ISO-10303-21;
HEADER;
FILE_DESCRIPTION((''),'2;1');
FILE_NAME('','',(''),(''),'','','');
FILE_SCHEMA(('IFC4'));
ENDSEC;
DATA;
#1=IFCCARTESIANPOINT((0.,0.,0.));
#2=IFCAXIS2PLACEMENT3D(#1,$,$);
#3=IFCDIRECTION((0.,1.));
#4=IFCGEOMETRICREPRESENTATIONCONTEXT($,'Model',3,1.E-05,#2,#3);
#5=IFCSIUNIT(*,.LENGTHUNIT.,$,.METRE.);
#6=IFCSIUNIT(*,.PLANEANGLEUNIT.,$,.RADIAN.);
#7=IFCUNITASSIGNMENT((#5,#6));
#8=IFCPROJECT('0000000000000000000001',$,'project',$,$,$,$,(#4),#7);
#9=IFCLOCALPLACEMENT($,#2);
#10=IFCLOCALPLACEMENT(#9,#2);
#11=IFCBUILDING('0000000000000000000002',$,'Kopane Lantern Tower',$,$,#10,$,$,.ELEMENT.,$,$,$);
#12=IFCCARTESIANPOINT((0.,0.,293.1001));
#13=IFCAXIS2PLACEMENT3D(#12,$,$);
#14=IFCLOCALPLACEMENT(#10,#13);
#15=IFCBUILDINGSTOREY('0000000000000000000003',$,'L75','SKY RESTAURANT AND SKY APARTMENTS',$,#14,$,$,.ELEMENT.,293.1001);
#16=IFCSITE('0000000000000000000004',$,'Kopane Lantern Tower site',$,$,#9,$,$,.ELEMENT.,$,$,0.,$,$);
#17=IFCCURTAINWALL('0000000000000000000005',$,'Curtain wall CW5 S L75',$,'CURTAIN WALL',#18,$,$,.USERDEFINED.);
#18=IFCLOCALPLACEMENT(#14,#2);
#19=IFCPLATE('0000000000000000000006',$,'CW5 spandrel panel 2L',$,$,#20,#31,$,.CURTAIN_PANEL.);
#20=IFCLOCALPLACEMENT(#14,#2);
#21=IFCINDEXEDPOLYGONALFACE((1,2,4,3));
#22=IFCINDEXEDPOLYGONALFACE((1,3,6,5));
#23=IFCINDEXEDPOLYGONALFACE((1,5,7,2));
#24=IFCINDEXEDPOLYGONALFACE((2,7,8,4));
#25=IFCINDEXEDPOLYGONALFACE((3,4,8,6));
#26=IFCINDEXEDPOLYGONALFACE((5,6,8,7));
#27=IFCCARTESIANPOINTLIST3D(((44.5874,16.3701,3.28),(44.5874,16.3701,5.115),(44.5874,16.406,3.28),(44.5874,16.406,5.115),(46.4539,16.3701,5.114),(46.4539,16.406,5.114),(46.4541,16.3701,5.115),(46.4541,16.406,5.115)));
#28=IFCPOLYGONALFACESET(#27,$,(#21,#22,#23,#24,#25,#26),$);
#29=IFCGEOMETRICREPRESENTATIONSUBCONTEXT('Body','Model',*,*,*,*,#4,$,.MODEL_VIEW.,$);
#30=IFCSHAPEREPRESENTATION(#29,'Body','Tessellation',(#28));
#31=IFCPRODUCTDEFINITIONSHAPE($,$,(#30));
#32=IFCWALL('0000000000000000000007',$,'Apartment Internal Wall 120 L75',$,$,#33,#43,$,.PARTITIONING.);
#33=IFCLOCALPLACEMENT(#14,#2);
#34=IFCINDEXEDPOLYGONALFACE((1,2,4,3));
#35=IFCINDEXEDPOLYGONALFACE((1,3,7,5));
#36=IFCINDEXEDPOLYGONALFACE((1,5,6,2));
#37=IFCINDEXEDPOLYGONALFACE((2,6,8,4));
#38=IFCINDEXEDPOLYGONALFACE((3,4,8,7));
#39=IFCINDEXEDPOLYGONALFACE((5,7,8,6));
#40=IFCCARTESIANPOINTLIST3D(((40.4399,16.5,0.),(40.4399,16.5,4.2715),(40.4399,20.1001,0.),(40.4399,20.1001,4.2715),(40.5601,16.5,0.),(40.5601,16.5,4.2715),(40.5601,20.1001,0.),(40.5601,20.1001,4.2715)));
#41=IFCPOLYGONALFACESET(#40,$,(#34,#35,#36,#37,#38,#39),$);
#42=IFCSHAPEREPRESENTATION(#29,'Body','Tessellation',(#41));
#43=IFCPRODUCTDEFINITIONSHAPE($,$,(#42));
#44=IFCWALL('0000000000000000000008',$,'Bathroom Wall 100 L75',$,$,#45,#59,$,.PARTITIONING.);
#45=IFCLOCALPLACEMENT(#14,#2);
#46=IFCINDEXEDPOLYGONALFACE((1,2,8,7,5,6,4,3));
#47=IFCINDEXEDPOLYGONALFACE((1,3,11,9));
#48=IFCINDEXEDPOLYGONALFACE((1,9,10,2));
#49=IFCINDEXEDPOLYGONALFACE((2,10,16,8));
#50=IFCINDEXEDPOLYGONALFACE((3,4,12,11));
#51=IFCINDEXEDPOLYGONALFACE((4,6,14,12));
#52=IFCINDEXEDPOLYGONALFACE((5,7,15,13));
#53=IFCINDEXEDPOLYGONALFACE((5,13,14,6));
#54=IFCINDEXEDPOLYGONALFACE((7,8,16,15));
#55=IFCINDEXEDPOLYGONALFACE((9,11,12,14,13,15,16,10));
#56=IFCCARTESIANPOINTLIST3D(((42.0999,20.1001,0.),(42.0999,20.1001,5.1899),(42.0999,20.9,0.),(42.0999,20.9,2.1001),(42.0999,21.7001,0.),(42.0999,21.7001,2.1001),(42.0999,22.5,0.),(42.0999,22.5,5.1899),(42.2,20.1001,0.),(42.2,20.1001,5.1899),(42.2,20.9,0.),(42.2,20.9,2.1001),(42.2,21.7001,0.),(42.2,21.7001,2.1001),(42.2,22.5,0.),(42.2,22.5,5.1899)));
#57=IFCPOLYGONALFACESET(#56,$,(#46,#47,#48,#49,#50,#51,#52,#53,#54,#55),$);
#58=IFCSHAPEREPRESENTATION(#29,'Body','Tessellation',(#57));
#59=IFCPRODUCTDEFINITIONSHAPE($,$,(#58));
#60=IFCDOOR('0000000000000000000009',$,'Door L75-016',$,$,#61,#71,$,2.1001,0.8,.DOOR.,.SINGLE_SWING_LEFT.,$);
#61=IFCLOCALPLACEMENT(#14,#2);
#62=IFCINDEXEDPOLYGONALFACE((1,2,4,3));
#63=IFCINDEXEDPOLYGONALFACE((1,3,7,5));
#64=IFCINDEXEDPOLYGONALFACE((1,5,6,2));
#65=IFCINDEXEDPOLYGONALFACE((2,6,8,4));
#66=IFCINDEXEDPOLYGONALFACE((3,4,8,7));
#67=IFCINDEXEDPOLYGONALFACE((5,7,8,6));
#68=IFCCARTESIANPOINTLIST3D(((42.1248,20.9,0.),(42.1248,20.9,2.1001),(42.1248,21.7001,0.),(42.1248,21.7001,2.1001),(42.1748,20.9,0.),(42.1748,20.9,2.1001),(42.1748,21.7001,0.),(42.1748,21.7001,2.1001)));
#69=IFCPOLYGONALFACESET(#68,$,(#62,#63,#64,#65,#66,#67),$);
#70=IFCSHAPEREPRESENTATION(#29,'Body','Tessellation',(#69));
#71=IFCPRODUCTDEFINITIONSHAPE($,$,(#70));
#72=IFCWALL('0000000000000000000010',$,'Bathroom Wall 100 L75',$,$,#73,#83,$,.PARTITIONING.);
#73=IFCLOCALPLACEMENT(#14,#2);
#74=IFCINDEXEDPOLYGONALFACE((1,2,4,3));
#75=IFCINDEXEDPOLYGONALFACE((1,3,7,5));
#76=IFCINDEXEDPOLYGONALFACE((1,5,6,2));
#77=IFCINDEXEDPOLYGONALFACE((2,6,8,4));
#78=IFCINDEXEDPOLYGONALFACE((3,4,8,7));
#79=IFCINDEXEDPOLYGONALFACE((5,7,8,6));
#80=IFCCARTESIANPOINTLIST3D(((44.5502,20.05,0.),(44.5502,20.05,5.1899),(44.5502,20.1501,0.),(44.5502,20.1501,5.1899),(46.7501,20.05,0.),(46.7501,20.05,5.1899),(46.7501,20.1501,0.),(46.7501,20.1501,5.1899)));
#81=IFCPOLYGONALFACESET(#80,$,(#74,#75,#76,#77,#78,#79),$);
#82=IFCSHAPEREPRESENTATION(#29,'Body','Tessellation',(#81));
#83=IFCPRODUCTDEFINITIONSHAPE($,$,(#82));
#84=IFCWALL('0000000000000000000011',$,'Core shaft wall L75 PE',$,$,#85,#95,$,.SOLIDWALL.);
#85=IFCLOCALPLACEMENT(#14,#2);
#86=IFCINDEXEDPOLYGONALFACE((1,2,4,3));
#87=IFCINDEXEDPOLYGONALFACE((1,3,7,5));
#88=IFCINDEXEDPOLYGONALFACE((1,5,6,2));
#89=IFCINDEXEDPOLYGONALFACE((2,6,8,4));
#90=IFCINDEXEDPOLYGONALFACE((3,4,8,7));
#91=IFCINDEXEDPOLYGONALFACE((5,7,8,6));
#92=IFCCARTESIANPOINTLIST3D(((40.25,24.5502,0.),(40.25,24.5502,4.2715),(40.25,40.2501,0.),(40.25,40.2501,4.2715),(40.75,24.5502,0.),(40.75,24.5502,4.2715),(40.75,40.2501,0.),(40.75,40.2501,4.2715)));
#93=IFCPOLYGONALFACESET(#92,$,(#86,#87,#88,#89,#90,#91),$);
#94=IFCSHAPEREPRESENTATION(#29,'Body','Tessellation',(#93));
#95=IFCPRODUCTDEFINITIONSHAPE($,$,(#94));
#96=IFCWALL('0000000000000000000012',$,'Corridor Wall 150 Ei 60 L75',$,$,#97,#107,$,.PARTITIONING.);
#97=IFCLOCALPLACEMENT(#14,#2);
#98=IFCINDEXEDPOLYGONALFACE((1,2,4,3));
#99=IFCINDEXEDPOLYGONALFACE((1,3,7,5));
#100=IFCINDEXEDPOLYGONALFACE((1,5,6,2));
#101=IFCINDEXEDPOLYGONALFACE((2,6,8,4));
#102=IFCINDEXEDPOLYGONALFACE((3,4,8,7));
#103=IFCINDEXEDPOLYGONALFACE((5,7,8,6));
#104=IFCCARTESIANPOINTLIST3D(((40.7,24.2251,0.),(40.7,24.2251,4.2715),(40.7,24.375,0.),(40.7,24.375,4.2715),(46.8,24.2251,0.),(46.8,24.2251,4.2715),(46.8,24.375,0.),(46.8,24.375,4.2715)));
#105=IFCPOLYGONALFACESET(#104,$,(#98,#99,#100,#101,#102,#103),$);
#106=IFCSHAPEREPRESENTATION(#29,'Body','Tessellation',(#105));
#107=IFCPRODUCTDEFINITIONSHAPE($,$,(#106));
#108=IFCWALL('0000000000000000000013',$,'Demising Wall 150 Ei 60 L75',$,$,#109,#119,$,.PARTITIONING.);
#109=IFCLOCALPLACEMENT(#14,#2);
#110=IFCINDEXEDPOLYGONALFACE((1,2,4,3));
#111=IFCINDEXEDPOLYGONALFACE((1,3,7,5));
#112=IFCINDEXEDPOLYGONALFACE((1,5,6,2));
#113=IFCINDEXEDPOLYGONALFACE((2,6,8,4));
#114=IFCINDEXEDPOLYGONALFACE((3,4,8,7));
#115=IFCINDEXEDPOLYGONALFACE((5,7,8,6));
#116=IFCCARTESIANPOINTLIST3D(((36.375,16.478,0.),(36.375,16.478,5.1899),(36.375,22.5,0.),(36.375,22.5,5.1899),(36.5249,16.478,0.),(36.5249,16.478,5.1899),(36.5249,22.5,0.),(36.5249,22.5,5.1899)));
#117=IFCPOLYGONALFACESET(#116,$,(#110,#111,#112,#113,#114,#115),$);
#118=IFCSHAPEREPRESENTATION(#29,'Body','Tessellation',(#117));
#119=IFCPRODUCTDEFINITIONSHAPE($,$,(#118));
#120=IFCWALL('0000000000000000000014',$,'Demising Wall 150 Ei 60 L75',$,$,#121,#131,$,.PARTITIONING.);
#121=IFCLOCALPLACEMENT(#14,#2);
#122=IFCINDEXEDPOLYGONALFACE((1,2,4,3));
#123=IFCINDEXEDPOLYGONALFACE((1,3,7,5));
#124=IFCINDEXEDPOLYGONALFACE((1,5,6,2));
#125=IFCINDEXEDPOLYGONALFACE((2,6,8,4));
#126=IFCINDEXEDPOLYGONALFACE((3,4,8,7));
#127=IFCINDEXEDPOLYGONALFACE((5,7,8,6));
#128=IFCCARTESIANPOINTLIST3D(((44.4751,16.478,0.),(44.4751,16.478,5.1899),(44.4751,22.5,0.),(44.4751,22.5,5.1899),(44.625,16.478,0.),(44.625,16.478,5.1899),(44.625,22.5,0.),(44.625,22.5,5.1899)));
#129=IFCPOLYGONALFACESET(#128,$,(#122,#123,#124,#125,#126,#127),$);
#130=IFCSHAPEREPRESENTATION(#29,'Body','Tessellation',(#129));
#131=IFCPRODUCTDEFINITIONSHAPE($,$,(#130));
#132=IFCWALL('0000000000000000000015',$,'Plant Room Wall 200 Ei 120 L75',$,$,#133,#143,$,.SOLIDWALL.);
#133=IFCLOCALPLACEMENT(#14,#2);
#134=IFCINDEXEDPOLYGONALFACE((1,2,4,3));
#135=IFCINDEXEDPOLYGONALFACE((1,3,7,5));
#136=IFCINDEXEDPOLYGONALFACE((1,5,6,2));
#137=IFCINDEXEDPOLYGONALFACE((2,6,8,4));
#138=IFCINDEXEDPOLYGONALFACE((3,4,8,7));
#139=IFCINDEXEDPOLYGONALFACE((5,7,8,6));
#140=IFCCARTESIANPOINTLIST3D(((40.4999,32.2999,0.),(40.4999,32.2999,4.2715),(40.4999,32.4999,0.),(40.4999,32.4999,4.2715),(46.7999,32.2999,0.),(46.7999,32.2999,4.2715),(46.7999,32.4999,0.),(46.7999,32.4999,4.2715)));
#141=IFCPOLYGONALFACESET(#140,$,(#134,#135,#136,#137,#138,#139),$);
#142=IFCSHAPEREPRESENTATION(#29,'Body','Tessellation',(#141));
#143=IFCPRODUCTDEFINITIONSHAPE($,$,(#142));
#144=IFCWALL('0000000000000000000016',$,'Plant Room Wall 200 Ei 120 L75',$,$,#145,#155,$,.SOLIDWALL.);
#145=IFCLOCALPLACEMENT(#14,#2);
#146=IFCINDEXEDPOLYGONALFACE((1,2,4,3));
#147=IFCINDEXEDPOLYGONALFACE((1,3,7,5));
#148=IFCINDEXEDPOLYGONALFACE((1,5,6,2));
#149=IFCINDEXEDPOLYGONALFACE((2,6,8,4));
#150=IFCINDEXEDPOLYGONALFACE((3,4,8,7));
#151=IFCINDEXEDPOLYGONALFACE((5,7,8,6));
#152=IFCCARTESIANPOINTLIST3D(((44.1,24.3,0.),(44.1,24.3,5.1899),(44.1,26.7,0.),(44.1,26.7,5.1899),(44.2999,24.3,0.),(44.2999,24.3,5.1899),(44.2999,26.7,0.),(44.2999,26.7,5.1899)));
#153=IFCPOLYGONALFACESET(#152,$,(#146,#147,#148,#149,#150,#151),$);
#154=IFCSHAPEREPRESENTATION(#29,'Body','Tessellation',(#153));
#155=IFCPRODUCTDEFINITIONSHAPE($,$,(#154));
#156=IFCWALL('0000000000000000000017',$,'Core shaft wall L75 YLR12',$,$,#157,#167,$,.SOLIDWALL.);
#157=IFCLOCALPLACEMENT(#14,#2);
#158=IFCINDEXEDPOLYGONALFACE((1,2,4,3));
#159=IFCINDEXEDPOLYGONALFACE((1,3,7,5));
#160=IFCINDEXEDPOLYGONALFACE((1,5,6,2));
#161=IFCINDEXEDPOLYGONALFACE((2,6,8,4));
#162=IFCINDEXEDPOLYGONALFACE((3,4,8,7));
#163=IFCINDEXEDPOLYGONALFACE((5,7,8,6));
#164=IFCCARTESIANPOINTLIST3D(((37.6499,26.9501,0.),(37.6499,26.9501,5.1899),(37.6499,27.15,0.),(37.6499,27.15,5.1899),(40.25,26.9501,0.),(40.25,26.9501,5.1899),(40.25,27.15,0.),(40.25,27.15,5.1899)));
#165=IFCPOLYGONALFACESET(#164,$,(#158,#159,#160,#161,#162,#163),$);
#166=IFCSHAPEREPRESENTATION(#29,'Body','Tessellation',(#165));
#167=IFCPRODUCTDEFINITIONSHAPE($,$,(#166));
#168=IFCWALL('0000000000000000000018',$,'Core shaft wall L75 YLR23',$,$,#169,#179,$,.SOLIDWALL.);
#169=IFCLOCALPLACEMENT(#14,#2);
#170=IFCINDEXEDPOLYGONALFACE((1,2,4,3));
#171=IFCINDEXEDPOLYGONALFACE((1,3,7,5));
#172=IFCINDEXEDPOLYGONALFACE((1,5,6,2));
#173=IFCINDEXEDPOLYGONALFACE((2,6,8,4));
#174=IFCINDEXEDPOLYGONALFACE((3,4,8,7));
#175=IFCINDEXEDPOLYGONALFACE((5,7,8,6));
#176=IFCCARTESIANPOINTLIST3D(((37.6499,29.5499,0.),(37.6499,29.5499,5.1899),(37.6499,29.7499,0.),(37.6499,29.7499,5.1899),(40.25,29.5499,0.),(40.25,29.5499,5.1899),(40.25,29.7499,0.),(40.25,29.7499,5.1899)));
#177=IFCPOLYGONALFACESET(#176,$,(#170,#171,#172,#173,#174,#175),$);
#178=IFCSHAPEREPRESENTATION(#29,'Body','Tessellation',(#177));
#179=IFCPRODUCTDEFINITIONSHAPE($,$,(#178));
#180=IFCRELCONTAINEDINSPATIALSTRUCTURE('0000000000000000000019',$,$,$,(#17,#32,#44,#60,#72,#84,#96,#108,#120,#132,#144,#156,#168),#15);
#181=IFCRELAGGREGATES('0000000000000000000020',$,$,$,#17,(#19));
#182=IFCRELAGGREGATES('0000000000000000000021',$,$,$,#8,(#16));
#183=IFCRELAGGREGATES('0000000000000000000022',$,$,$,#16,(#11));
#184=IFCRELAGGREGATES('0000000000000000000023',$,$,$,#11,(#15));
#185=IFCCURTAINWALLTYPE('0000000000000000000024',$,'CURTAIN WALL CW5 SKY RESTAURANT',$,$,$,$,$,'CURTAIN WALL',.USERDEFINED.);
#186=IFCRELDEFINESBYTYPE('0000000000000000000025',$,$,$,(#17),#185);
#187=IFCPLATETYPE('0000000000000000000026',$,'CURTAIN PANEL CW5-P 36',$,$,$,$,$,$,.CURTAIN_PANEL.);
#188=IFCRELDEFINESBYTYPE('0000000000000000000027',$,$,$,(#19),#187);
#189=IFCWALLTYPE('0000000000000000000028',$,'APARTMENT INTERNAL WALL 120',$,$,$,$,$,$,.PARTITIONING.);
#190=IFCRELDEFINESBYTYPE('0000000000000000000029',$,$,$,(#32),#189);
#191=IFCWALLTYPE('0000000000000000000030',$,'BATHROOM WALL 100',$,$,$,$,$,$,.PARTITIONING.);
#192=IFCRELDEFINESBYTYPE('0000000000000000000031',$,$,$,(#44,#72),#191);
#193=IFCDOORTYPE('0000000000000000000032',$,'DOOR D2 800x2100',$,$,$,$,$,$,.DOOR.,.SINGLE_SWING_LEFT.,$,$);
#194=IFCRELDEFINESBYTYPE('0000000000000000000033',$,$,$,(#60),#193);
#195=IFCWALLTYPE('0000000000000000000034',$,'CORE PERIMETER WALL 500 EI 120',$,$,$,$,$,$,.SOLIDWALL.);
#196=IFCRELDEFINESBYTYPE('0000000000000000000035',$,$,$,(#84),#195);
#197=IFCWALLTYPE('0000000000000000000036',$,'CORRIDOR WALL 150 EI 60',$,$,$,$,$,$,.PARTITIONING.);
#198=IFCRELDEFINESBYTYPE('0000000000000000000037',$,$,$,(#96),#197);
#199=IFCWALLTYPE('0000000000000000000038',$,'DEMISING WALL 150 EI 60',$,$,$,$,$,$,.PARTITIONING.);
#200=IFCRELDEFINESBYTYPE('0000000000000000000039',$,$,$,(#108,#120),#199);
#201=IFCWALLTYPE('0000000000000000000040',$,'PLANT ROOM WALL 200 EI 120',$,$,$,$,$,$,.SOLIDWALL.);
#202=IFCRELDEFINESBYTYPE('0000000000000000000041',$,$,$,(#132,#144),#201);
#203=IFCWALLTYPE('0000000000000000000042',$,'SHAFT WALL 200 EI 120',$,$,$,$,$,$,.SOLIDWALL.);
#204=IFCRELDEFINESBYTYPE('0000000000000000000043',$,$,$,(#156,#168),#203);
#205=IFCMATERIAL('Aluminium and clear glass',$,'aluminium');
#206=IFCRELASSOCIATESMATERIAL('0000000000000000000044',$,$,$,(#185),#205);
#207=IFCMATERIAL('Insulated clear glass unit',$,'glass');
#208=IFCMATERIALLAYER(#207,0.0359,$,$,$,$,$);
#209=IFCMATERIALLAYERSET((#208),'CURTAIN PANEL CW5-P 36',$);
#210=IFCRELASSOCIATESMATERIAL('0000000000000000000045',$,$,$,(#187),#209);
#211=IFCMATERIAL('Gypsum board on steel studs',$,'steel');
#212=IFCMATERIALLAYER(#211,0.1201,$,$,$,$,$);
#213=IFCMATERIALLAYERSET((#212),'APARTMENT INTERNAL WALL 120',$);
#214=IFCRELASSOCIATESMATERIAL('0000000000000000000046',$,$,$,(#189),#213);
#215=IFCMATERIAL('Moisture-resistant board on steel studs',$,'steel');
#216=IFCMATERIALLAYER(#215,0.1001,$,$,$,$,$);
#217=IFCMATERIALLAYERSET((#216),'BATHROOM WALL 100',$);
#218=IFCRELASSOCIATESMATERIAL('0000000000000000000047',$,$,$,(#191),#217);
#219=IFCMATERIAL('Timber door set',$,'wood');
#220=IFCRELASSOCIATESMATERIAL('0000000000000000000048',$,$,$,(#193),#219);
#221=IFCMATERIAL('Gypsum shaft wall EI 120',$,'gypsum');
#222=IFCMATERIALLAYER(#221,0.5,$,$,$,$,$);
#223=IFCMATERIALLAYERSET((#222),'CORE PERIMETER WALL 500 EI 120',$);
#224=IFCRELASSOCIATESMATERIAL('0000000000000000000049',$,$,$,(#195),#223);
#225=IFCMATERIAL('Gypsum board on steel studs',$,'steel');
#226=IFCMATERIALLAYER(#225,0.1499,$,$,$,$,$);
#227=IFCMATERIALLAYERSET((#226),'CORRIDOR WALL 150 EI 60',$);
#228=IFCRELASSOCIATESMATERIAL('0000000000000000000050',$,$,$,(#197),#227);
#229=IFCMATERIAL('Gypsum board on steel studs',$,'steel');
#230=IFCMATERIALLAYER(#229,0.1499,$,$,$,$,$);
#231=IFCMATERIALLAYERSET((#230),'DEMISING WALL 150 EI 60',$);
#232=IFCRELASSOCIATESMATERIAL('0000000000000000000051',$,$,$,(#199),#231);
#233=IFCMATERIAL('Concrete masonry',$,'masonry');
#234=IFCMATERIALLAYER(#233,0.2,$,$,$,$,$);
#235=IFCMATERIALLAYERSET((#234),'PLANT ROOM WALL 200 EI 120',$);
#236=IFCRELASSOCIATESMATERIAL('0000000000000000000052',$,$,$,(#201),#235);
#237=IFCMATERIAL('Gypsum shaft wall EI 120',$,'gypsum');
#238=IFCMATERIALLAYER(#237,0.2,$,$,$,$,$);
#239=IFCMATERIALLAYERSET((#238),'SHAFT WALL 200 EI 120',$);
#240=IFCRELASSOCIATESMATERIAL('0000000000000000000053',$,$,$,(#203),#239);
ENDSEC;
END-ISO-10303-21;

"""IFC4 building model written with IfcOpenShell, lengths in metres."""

from ifc_helpers import new_model, si_unit, direction, frame, frame_2d, origin, place, context, subcontext, project, spatial, polyline, rectangle, outline, extrude, material, layer, layer_set, type_object, element, fill, aggregate, save


model = new_model("IFC4")

# Units and contexts
model_context = context("Model", 3, precision=1e-05, world=origin(), true_north=direction((0.0, 1.0)))
body_context = subcontext(model_context, "Body", "Model", "MODEL_VIEW")
ifc_project = project(units=[si_unit("LENGTHUNIT", "METRE"), si_unit("PLANEANGLEUNIT", "RADIAN")], contexts=[model_context])

# Site, building, storey
site_placement = place(None, origin())
site = spatial("IfcSite", under=ifc_project, at=site_placement, Name="Kopane Lantern Tower site", CompositionType="ELEMENT", RefElevation=0.0)
building_placement = place(site_placement, origin())
building = spatial("IfcBuilding", under=site, at=building_placement, Name="Kopane Lantern Tower", CompositionType="ELEMENT")
storey_placement = place(building_placement, frame((0.0, 0.0, 293.1001)))
storey = spatial("IfcBuildingStorey", under=building, at=storey_placement, Name="L75", Description="SKY RESTAURANT AND SKY APARTMENTS", CompositionType="ELEMENT", Elevation=293.1001)

# Curtain wall, plate
ifc_material_1 = material(Name="Aluminium and clear glass", Category="aluminium")
curtain_wall_type = type_object("IfcCurtainWallType", Name="CURTAIN WALL CW5 SKY RESTAURANT", ElementType="CURTAIN WALL", PredefinedType="USERDEFINED", material=ifc_material_1)
curtain_wall_placement = place(storey_placement, origin())
curtain_wall = element("IfcCurtainWall", 1, at=curtain_wall_placement, inside=storey, type_object=curtain_wall_type, Name="Curtain wall CW5 S L75", ObjectType="CURTAIN WALL", PredefinedType="USERDEFINED")
ifc_material_2 = material(Name="Insulated clear glass unit", Category="glass")
ifc_layer_1 = layer(ifc_material_2, 0.0359)
ifc_layer_set_1 = layer_set([ifc_layer_1], Name="CURTAIN PANEL CW5-P 36")
plate_type = type_object("IfcPlateType", Name="CURTAIN PANEL CW5-P 36", PredefinedType="CURTAIN_PANEL", material=ifc_layer_set_1)
plate_placement = place(storey_placement, frame((44.5874, 16.3879, 5.115), z_axis=(0.0, 0.0, 1.0), x_axis=(1.0, 0.0, 0.0)))
plate = element("IfcPlate", 2, at=plate_placement, type_object=plate_type, Name="CW5 spandrel panel 2L", PredefinedType="CURTAIN_PANEL", context=body_context, shape_type="SweptSolid", body=[
    extrude(outline(polyline([(0.0, 0.0), (1.8667, 0.0), (1.8665, -0.001), (0.0, -1.835), (0.0, 0.0)])), frame((0.0, 0.0181, 0.0), z_axis=(0.0, -1.0, 0.0), x_axis=(1.0, 0.0, 0.0)), (0.0, 0.0, 1.0), 0.0359),
])
aggregate(curtain_wall, [plate])

# Wall
ifc_material_3 = material(Name="Gypsum board on steel studs", Category="steel")
ifc_layer_2 = layer(ifc_material_3, 0.1201)
ifc_layer_set_2 = layer_set([ifc_layer_2], Name="APARTMENT INTERNAL WALL 120")
wall_type_1 = type_object("IfcWallType", Name="APARTMENT INTERNAL WALL 120", PredefinedType="PARTITIONING", material=ifc_layer_set_2)
wall_1_placement = place(storey_placement, frame((40.5, 20.1001, 0.0), z_axis=(0.0, 0.0, 1.0), x_axis=(0.0, -1.0, 0.0)))
element("IfcWall", 3, at=wall_1_placement, inside=storey, type_object=wall_type_1, Name="Apartment Internal Wall 120 L75", PredefinedType="PARTITIONING", context=body_context, shape_type="SweptSolid", body=[
    extrude(rectangle(XDim=3.6001, YDim=0.1201, at=frame_2d((1.8, 0.0))), origin(), (0.0, 0.0, 1.0), 4.2715),
])

# Wall, opening, door
ifc_material_4 = material(Name="Moisture-resistant board on steel studs", Category="steel")
ifc_layer_3 = layer(ifc_material_4, 0.1001)
ifc_layer_set_3 = layer_set([ifc_layer_3], Name="BATHROOM WALL 100")
wall_type_2 = type_object("IfcWallType", Name="BATHROOM WALL 100", PredefinedType="PARTITIONING", material=ifc_layer_set_3)
wall_2_placement = place(storey_placement, frame((42.1499, 22.5, 0.0), z_axis=(0.0, 0.0, 1.0), x_axis=(0.0, -1.0, 0.0)))
wall_2 = element("IfcWall", 4, at=wall_2_placement, inside=storey, type_object=wall_type_2, Name="Bathroom Wall 100 L75", PredefinedType="PARTITIONING", context=body_context, shape_type="SweptSolid", body=[
    extrude(rectangle(XDim=2.3999, YDim=0.1001, at=frame_2d((1.2, 0.0))), origin(), (0.0, 0.0, 1.0), 5.1899),
])
opening_1_placement = place(wall_2_placement, frame((0.8, 0.0, 0.0)))
opening_1 = element("IfcOpeningElement", 5, at=opening_1_placement, cuts=wall_2, PredefinedType="OPENING", context=body_context, shape_type="SweptSolid", body=[
    extrude(rectangle(XDim=0.8, YDim=2.1001, at=frame_2d((0.3999, 1.05))), frame((0.0, 0.0601, 0.0), z_axis=(0.0, -1.0, 0.0), x_axis=(1.0, 0.0, 0.0)), (0.0, 0.0, 1.0), 0.1201),
])
ifc_material_5 = material(Name="Timber door set", Category="wood")
door_type_1 = type_object("IfcDoorType", Name="DOOR D2 800x2100", OperationType="SINGLE_SWING_LEFT", PredefinedType="DOOR", material=ifc_material_5)
door_1_placement = place(opening_1_placement, origin())
door_1 = element("IfcDoor", 6, at=door_1_placement, inside=storey, type_object=door_type_1, Name="Door L75-016", OperationType="SINGLE_SWING_LEFT", OverallHeight=2.1001, OverallWidth=0.8, PredefinedType="DOOR", context=body_context, shape_type="SweptSolid", body=[
    extrude(rectangle(XDim=0.8, YDim=2.1001, at=frame_2d((0.3999, 1.05))), frame((0.0, 0.0249, 0.0), z_axis=(0.0, -1.0, 0.0), x_axis=(1.0, 0.0, 0.0)), (0.0, 0.0, 1.0), 0.05),
])
fill(opening_1, door_1)

# Walls
wall_3_placement = place(storey_placement, frame((44.55, 20.1001, 0.0), z_axis=(0.0, 0.0, 1.0), x_axis=(1.0, 0.0, 0.0)))
element("IfcWall", 7, at=wall_3_placement, inside=storey, type_object=wall_type_2, Name="Bathroom Wall 100 L75", PredefinedType="PARTITIONING", context=body_context, shape_type="SweptSolid", body=[
    extrude(rectangle(XDim=2.2, YDim=0.1001, at=frame_2d((1.1001, 0.0))), origin(), (0.0, 0.0, 1.0), 5.1899),
])
ifc_material_6 = material(Name="Gypsum shaft wall EI 120", Category="gypsum")
ifc_layer_4 = layer(ifc_material_6, 0.5)
ifc_layer_set_4 = layer_set([ifc_layer_4], Name="CORE PERIMETER WALL 500 EI 120")
wall_type_3 = type_object("IfcWallType", Name="CORE PERIMETER WALL 500 EI 120", PredefinedType="SOLIDWALL", material=ifc_layer_set_4)
wall_4_placement = place(storey_placement, frame((40.5, 24.55, 0.0), z_axis=(0.0, 0.0, 1.0), x_axis=(0.0, 1.0, 0.0)))
element("IfcWall", 8, at=wall_4_placement, inside=storey, type_object=wall_type_3, Name="Core shaft wall L75 PE", PredefinedType="SOLIDWALL", context=body_context, shape_type="SweptSolid", body=[
    extrude(rectangle(XDim=15.7, YDim=0.5, at=frame_2d((7.8501, 0.0))), origin(), (0.0, 0.0, 1.0), 4.2715),
])

# Walls
ifc_material_7 = material(Name="Gypsum board on steel studs", Category="steel")
ifc_layer_5 = layer(ifc_material_7, 0.1499)
ifc_layer_set_5 = layer_set([ifc_layer_5], Name="CORRIDOR WALL 150 EI 60")
wall_type_4 = type_object("IfcWallType", Name="CORRIDOR WALL 150 EI 60", PredefinedType="PARTITIONING", material=ifc_layer_set_5)
wall_5_placement = place(storey_placement, frame((40.7, 24.3, 0.0), z_axis=(0.0, 0.0, 1.0), x_axis=(1.0, 0.0, 0.0)))
element("IfcWall", 9, at=wall_5_placement, inside=storey, type_object=wall_type_4, Name="Corridor Wall 150 Ei 60 L75", PredefinedType="PARTITIONING", context=body_context, shape_type="SweptSolid", body=[
    extrude(rectangle(XDim=6.1001, YDim=0.1499, at=frame_2d((3.05, 0.0))), origin(), (0.0, 0.0, 1.0), 4.2715),
])
ifc_material_8 = material(Name="Gypsum board on steel studs", Category="steel")
ifc_layer_6 = layer(ifc_material_8, 0.1499)
ifc_layer_set_6 = layer_set([ifc_layer_6], Name="DEMISING WALL 150 EI 60")
wall_type_5 = type_object("IfcWallType", Name="DEMISING WALL 150 EI 60", PredefinedType="PARTITIONING", material=ifc_layer_set_6)
for number, where, z_axis, x_axis, name in (
    (10, (36.45, 22.5, 0.0), (0.0, 0.0, 1.0), (0.0, -1.0, 0.0), "Demising Wall 150 Ei 60 L75"),
    (11, (44.55, 22.5, 0.0), (0.0, 0.0, 1.0), (0.0, -1.0, 0.0), "Demising Wall 150 Ei 60 L75"),
):
    element("IfcWall", number, at=place(storey_placement, frame(where, z_axis=z_axis, x_axis=x_axis)), inside=storey, type_object=wall_type_5, Name=name, PredefinedType="PARTITIONING", context=body_context, shape_type="SweptSolid", body=[
        extrude(rectangle(XDim=6.022, YDim=0.1499, at=frame_2d((3.011, 0.0))), origin(), (0.0, 0.0, 1.0), 5.1899),
    ])
ifc_material_9 = material(Name="Concrete masonry", Category="masonry")
ifc_layer_7 = layer(ifc_material_9, 0.2)
ifc_layer_set_7 = layer_set([ifc_layer_7], Name="PLANT ROOM WALL 200 EI 120")
wall_type_6 = type_object("IfcWallType", Name="PLANT ROOM WALL 200 EI 120", PredefinedType="SOLIDWALL", material=ifc_layer_set_7)
wall_6_placement = place(storey_placement, frame((40.5, 32.3999, 0.0), z_axis=(0.0, 0.0, 1.0), x_axis=(1.0, 0.0, 0.0)))
element("IfcWall", 12, at=wall_6_placement, inside=storey, type_object=wall_type_6, Name="Plant Room Wall 200 Ei 120 L75", PredefinedType="SOLIDWALL", context=body_context, shape_type="SweptSolid", body=[
    extrude(rectangle(XDim=6.3, YDim=0.2, at=frame_2d((3.1499, 0.0))), origin(), (0.0, 0.0, 1.0), 4.2715),
])
wall_7_placement = place(storey_placement, frame((44.2, 24.3, 0.0), z_axis=(0.0, 0.0, 1.0), x_axis=(0.0, 1.0, 0.0)))
element("IfcWall", 13, at=wall_7_placement, inside=storey, type_object=wall_type_6, Name="Plant Room Wall 200 Ei 120 L75", PredefinedType="SOLIDWALL", context=body_context, shape_type="SweptSolid", body=[
    extrude(rectangle(XDim=2.3999, YDim=0.2, at=frame_2d((1.2, 0.0))), origin(), (0.0, 0.0, 1.0), 5.1899),
])
ifc_material_10 = material(Name="Gypsum shaft wall EI 120", Category="gypsum")
ifc_layer_8 = layer(ifc_material_10, 0.2)
ifc_layer_set_8 = layer_set([ifc_layer_8], Name="SHAFT WALL 200 EI 120")
wall_type_7 = type_object("IfcWallType", Name="SHAFT WALL 200 EI 120", PredefinedType="SOLIDWALL", material=ifc_layer_set_8)
for number, where, z_axis, x_axis, name in (
    (14, (37.6499, 27.05, 0.0), (0.0, 0.0, 1.0), (1.0, 0.0, 0.0), "Core shaft wall L75 YLR12"),
    (15, (37.6499, 29.6499, 0.0), (0.0, 0.0, 1.0), (1.0, 0.0, 0.0), "Core shaft wall L75 YLR23"),
):
    element("IfcWall", number, at=place(storey_placement, frame(where, z_axis=z_axis, x_axis=x_axis)), inside=storey, type_object=wall_type_7, Name=name, PredefinedType="SOLIDWALL", context=body_context, shape_type="SweptSolid", body=[
        extrude(rectangle(XDim=2.6001, YDim=0.2, at=frame_2d((1.3, 0.0))), origin(), (0.0, 0.0, 1.0), 5.1899),
    ])

save(model, "model.ifc")
